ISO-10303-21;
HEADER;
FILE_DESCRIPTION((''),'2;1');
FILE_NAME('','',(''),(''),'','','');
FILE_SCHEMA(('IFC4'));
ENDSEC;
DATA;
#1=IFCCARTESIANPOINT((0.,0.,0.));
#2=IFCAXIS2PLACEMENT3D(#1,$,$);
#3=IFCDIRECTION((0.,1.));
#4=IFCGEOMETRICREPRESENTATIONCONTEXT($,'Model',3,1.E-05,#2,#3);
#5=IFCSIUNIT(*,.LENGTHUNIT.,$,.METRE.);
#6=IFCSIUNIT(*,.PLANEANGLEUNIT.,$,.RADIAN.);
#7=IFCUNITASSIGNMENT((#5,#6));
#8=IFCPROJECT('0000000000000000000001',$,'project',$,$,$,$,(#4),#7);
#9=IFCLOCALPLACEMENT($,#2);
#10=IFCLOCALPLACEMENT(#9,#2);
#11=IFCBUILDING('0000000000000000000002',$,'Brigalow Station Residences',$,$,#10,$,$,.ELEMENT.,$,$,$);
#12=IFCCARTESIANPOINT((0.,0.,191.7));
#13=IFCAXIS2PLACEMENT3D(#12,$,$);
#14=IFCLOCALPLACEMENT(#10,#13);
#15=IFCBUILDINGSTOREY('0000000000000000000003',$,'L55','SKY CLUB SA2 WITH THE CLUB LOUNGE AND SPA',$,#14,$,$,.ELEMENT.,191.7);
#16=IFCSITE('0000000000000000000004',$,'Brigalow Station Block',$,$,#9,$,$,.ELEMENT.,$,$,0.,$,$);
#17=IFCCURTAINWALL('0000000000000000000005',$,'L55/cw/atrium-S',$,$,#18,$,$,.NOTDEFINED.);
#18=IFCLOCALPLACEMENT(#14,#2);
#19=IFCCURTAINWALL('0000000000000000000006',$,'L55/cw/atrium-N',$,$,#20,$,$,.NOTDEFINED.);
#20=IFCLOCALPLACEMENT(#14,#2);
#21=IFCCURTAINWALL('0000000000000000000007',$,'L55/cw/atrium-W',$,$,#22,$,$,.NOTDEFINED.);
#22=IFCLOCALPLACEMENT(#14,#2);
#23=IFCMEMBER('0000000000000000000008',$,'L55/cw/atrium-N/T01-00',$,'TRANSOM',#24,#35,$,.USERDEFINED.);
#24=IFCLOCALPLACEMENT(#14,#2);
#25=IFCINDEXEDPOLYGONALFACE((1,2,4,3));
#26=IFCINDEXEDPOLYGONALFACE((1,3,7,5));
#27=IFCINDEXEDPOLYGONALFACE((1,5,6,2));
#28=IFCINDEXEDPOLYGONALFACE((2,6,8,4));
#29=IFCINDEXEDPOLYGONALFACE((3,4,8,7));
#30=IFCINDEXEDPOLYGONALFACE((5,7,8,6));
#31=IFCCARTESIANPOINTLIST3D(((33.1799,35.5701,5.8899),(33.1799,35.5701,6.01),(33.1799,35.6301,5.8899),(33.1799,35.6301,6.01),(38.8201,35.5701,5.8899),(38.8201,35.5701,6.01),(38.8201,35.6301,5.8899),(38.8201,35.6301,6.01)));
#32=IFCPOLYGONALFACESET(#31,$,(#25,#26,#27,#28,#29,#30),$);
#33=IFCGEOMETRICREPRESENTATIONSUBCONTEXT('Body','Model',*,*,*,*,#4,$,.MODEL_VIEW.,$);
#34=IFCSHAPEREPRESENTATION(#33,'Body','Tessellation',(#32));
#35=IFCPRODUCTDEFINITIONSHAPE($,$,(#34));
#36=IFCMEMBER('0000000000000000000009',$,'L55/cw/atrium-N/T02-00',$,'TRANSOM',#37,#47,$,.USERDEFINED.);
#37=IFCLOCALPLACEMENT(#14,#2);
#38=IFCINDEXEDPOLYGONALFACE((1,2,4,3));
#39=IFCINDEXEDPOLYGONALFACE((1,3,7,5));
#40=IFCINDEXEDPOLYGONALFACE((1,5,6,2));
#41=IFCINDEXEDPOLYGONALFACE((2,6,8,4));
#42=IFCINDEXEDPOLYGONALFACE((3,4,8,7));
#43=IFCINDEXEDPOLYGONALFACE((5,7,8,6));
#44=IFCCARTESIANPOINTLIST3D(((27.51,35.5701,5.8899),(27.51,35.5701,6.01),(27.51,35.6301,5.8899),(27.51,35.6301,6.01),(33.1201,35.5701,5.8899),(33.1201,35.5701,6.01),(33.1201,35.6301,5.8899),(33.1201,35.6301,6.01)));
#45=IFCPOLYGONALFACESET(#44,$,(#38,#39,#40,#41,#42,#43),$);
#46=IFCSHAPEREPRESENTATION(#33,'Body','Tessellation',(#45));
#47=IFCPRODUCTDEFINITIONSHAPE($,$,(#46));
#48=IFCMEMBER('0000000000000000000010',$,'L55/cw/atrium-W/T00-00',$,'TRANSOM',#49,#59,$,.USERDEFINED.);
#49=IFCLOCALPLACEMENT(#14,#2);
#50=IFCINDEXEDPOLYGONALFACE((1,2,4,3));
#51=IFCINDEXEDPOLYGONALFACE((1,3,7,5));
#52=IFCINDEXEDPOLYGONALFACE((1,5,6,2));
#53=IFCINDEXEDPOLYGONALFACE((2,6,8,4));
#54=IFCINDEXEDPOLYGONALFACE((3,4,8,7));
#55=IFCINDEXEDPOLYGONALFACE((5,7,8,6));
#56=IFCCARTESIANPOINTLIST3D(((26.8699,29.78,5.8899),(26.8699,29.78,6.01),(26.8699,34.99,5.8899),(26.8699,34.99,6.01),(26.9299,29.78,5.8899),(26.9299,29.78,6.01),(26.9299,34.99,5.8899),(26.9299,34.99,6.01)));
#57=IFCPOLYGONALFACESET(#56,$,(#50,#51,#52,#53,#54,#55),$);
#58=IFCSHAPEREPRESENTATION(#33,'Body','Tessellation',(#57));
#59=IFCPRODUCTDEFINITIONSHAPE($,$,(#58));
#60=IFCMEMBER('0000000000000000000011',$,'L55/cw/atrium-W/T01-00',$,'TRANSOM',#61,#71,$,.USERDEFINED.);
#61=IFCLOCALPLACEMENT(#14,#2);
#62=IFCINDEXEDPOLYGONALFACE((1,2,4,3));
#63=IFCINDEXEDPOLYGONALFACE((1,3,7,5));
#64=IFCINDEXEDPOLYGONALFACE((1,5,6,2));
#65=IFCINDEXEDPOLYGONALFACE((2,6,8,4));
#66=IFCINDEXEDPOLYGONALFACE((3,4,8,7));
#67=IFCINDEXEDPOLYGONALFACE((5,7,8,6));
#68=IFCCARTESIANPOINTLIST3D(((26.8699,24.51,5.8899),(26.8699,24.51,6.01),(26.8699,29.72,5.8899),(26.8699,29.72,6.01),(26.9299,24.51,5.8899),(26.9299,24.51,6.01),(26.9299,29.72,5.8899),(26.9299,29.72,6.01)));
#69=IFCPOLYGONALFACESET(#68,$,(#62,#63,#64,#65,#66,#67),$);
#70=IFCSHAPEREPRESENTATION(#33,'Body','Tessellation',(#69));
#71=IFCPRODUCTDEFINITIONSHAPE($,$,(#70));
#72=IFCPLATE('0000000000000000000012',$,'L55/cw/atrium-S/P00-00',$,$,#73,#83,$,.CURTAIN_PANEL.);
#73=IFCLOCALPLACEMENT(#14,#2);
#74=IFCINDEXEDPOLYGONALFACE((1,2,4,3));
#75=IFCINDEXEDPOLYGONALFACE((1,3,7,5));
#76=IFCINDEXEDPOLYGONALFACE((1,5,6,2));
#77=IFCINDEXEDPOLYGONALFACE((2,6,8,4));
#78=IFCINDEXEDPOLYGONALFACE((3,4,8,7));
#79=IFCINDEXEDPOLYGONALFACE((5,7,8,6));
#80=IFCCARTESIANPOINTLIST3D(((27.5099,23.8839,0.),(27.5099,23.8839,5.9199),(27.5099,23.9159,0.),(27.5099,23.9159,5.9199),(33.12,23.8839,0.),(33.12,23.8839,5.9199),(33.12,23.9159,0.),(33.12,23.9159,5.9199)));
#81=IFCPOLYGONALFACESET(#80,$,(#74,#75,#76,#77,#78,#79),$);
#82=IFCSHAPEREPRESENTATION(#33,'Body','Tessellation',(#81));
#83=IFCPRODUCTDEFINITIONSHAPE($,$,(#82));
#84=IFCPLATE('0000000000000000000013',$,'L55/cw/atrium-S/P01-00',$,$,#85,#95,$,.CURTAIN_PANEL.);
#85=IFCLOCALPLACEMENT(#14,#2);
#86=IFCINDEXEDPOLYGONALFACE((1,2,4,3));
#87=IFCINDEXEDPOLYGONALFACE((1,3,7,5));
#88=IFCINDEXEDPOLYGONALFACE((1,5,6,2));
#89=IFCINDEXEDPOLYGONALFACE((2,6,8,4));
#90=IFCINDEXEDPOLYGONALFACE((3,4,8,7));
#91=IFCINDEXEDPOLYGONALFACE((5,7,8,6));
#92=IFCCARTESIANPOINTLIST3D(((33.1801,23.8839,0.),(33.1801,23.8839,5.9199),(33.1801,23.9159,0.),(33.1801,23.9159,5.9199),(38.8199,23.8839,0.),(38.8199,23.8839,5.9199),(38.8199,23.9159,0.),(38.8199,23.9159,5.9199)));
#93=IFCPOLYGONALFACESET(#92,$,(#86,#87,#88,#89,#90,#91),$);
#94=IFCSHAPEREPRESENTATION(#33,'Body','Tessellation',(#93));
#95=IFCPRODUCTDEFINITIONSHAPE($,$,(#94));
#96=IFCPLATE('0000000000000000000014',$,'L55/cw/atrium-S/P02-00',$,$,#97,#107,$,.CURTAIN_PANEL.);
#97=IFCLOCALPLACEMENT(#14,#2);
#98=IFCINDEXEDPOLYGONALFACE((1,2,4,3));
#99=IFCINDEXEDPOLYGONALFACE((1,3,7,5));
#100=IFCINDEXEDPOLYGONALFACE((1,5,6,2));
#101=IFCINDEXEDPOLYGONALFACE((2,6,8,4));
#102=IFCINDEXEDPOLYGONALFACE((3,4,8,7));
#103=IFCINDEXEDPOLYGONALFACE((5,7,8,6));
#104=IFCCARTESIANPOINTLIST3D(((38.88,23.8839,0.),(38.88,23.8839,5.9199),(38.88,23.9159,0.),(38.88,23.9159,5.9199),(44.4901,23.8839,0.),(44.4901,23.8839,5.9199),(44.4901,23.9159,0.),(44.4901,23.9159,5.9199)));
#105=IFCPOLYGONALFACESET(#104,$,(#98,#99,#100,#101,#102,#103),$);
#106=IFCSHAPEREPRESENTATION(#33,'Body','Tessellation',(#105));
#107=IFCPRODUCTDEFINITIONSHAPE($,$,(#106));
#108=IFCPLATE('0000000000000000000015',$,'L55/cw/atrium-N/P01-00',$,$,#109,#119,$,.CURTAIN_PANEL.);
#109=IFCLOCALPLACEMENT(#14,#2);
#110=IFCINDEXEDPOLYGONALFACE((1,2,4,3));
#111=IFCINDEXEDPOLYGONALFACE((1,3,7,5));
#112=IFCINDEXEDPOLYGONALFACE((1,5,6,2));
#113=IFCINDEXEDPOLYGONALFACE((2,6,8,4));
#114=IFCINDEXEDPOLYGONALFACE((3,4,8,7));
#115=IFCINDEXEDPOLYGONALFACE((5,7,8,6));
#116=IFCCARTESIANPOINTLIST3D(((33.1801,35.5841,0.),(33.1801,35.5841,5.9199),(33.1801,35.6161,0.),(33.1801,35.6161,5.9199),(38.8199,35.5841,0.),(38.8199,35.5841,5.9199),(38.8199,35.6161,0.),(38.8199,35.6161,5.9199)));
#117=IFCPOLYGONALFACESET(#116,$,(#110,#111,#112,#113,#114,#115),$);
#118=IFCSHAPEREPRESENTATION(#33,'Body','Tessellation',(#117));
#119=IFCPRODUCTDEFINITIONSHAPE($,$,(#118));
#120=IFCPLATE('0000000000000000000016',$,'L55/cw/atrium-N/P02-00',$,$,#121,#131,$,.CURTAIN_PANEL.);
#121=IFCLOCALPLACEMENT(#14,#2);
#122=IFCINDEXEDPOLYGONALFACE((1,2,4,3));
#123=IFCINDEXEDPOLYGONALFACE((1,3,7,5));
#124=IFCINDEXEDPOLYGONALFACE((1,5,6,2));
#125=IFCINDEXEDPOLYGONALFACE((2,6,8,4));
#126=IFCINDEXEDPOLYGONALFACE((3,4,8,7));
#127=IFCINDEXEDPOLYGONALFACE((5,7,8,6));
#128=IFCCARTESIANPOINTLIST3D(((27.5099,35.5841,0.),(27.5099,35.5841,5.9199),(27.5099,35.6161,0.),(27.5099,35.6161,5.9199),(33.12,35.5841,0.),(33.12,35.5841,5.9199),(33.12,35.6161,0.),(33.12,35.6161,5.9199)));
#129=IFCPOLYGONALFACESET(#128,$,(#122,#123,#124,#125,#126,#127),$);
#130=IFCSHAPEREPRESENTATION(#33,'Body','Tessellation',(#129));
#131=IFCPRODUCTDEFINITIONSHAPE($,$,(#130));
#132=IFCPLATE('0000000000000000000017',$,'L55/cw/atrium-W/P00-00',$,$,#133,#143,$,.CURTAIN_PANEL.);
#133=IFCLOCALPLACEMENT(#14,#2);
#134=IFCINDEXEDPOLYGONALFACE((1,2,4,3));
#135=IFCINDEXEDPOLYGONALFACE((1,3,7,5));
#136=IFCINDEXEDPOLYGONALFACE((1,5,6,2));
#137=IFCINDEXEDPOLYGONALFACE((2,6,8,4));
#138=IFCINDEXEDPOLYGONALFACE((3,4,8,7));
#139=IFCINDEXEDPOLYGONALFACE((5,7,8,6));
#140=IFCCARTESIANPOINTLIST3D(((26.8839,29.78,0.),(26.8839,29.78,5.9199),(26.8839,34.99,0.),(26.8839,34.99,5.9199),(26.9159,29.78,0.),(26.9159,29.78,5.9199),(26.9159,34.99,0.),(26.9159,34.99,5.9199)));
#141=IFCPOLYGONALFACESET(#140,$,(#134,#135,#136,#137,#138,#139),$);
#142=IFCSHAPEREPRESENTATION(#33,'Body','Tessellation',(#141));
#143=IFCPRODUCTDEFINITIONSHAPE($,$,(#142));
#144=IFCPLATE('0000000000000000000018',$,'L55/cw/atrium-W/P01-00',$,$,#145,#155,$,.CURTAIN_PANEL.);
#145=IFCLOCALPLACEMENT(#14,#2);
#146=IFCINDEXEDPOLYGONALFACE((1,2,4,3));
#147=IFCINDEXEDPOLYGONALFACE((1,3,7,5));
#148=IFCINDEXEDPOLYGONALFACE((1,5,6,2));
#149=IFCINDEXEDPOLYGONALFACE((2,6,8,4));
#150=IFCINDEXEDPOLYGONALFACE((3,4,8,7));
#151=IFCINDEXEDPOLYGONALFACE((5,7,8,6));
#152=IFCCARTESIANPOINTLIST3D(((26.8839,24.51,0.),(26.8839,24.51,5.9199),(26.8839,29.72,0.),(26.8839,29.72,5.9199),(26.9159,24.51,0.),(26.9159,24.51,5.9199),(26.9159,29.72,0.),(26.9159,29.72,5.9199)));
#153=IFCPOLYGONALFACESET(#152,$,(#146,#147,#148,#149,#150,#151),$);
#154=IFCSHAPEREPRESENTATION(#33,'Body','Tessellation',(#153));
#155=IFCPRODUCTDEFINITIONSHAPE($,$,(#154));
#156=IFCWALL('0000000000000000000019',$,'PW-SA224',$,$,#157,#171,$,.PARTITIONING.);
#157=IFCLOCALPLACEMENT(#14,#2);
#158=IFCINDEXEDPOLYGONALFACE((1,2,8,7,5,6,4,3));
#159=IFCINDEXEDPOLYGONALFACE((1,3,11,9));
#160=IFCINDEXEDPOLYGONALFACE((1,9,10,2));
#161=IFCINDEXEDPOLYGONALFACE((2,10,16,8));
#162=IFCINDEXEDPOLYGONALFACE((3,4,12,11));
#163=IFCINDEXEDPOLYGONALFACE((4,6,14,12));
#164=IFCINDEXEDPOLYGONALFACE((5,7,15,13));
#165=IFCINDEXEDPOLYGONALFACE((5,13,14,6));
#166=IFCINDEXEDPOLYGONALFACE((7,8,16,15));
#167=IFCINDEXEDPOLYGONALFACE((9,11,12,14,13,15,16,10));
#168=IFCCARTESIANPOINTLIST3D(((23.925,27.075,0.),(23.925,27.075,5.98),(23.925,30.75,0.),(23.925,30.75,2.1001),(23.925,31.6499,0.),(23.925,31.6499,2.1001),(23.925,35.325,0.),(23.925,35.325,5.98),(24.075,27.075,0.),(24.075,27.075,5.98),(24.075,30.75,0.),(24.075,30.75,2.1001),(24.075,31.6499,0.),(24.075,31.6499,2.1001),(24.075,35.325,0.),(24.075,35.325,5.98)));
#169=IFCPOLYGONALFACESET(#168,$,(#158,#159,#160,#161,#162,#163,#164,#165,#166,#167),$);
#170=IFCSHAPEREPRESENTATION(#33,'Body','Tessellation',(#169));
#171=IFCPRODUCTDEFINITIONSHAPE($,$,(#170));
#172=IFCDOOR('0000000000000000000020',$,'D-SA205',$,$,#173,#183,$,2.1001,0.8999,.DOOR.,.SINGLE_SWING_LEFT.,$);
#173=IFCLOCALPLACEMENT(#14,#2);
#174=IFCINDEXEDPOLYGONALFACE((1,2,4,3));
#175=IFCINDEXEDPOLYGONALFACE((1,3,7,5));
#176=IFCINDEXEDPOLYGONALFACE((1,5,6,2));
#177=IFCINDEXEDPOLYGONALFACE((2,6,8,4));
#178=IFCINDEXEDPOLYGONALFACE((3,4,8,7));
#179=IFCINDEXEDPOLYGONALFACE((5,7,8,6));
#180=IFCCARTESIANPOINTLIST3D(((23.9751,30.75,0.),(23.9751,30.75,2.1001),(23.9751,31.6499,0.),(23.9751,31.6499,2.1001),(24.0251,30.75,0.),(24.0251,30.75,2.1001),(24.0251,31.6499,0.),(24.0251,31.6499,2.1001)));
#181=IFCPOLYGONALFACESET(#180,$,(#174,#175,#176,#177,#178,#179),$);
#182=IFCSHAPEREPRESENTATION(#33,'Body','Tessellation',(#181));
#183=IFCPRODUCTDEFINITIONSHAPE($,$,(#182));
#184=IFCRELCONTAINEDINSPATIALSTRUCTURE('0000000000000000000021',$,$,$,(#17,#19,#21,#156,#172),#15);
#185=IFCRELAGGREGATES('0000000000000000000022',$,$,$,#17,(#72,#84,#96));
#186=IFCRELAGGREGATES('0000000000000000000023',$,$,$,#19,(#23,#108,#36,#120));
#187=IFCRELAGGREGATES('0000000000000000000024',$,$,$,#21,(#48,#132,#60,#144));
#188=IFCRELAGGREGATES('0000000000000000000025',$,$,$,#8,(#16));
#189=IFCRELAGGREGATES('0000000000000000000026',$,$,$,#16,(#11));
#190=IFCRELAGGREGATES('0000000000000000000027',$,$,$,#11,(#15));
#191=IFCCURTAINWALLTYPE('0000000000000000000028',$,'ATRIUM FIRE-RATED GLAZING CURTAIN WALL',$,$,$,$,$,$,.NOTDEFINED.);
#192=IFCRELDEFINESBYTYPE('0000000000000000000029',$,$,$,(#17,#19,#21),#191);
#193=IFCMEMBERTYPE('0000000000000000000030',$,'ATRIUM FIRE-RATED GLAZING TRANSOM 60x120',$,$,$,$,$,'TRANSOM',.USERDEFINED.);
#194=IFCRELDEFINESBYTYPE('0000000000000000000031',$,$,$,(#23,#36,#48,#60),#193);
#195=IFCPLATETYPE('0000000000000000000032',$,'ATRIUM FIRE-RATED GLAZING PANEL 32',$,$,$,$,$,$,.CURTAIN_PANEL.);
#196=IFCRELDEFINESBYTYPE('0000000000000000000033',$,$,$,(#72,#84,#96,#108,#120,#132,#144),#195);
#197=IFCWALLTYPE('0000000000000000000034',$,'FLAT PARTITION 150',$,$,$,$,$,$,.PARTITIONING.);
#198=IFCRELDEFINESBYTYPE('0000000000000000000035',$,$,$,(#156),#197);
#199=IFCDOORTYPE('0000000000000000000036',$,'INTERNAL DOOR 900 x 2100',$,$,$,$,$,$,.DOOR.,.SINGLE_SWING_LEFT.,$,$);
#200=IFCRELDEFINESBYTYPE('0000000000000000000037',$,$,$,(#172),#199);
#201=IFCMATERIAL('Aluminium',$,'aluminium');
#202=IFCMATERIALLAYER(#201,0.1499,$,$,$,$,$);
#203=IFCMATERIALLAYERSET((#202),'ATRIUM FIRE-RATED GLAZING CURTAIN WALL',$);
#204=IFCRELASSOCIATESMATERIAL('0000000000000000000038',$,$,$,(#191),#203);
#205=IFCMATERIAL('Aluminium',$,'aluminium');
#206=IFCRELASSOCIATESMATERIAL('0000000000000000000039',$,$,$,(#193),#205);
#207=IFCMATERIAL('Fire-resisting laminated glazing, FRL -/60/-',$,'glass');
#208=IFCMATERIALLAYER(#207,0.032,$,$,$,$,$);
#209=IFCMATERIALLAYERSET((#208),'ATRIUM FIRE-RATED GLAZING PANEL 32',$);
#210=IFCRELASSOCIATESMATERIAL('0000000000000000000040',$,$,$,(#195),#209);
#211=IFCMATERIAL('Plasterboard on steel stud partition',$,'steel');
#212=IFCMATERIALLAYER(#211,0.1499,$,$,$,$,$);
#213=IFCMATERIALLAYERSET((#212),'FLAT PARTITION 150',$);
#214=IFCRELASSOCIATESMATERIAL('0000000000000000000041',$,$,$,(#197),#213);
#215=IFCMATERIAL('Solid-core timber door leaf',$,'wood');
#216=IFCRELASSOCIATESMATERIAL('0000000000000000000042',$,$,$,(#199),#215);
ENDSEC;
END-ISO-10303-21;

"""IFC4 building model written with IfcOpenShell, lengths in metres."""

from ifc_helpers import new_model, si_unit, direction, frame, frame_2d, origin, origin_2d, place, context, subcontext, project, spatial, rectangle, extrude, material, layer, layer_set, material_profile, profile_set, type_object, element, fill, aggregate, save


model = new_model("IFC4")

# Units and contexts
model_context = context("Model", 3, precision=1e-05, world=origin(), true_north=direction((0.0, 1.0)))
body_context = subcontext(model_context, "Body", "Model", "MODEL_VIEW")
ifc_project = project(units=[si_unit("LENGTHUNIT", "METRE"), si_unit("PLANEANGLEUNIT", "RADIAN")], contexts=[model_context])

# Site, building, storey
site_placement = place(None, origin())
site = spatial("IfcSite", under=ifc_project, at=site_placement, Name="Brigalow Station Block", CompositionType="ELEMENT", RefElevation=0.0)
building_placement = place(site_placement, origin())
building = spatial("IfcBuilding", under=site, at=building_placement, Name="Brigalow Station Residences", CompositionType="ELEMENT")
storey_placement = place(building_placement, frame((0.0, 0.0, 191.7)))
storey = spatial("IfcBuildingStorey", under=building, at=storey_placement, Name="L55", Description="SKY CLUB SA2 WITH THE CLUB LOUNGE AND SPA", CompositionType="ELEMENT", Elevation=191.7)

# Curtain walls
ifc_material_1 = material(Name="Aluminium", Category="aluminium")
ifc_layer_1 = layer(ifc_material_1, 0.1499)
ifc_layer_set_1 = layer_set([ifc_layer_1], Name="ATRIUM FIRE-RATED GLAZING CURTAIN WALL")
curtain_wall_type = type_object("IfcCurtainWallType", Name="ATRIUM FIRE-RATED GLAZING CURTAIN WALL", PredefinedType="NOTDEFINED", material=ifc_layer_set_1)
curtain_wall_1_placement = place(storey_placement, origin())
curtain_wall_1 = element("IfcCurtainWall", 1, at=curtain_wall_1_placement, inside=storey, type_object=curtain_wall_type, Name="L55/cw/atrium-S", PredefinedType="NOTDEFINED")
curtain_wall_2_placement = place(storey_placement, origin())
curtain_wall_2 = element("IfcCurtainWall", 2, at=curtain_wall_2_placement, inside=storey, type_object=curtain_wall_type, Name="L55/cw/atrium-N", PredefinedType="NOTDEFINED")
curtain_wall_3_placement = place(storey_placement, origin())
curtain_wall_3 = element("IfcCurtainWall", 3, at=curtain_wall_3_placement, inside=storey, type_object=curtain_wall_type, Name="L55/cw/atrium-W", PredefinedType="NOTDEFINED")

# Members
ifc_material_2 = material(Name="Aluminium", Category="aluminium")
ifc_material_profile_1 = material_profile(ifc_material_2, rectangle(XDim=0.0601, YDim=0.1201, at=origin_2d()), Name="ATRIUM FIRE-RATED GLAZING TRANSOM 60x120")
ifc_profile_set_1 = profile_set([ifc_material_profile_1], Name="Aluminium")
member_type_1 = type_object("IfcMemberType", Name="ATRIUM FIRE-RATED GLAZING TRANSOM 60x120", ElementType="TRANSOM", PredefinedType="USERDEFINED", material=ifc_profile_set_1)
member_1_placement = place(storey_placement, frame((38.8201, 35.6001, 5.95), z_axis=(-1.0, 0.0, 0.0), x_axis=(0.0, -1.0, 0.0)))
member_1 = element("IfcMember", 4, at=member_1_placement, type_object=member_type_1, Name="L55/cw/atrium-N/T01-00", ObjectType="TRANSOM", PredefinedType="USERDEFINED", context=body_context, shape_type="SweptSolid", body=[
    extrude(rectangle(XDim=0.0601, YDim=0.1201, at=origin_2d()), origin(), (0.0, 0.0, 1.0), 5.6401),
])
member_2_placement = place(storey_placement, frame((33.1201, 35.6001, 5.95), z_axis=(-1.0, 0.0, 0.0), x_axis=(0.0, -1.0, 0.0)))
member_2 = element("IfcMember", 5, at=member_2_placement, type_object=member_type_1, Name="L55/cw/atrium-N/T02-00", ObjectType="TRANSOM", PredefinedType="USERDEFINED", context=body_context, shape_type="SweptSolid", body=[
    extrude(rectangle(XDim=0.0601, YDim=0.1201, at=origin_2d()), origin(), (0.0, 0.0, 1.0), 5.6101),
])
member_3_placement = place(storey_placement, frame((26.8999, 34.99, 5.95), z_axis=(0.0, -1.0, 0.0), x_axis=(1.0, 0.0, 0.0)))
member_3 = element("IfcMember", 6, at=member_3_placement, type_object=member_type_1, Name="L55/cw/atrium-W/T00-00", ObjectType="TRANSOM", PredefinedType="USERDEFINED", context=body_context, shape_type="SweptSolid", body=[
    extrude(rectangle(XDim=0.0601, YDim=0.1201, at=origin_2d()), origin(), (0.0, 0.0, 1.0), 5.21),
])
member_4_placement = place(storey_placement, frame((26.8999, 29.72, 5.95), z_axis=(0.0, -1.0, 0.0), x_axis=(1.0, 0.0, 0.0)))
member_4 = element("IfcMember", 7, at=member_4_placement, type_object=member_type_1, Name="L55/cw/atrium-W/T01-00", ObjectType="TRANSOM", PredefinedType="USERDEFINED", context=body_context, shape_type="SweptSolid", body=[
    extrude(rectangle(XDim=0.0601, YDim=0.1201, at=origin_2d()), origin(), (0.0, 0.0, 1.0), 5.21),
])

# Plates
ifc_material_3 = material(Name="Fire-resisting laminated glazing, FRL -/60/-", Category="glass")
ifc_layer_2 = layer(ifc_material_3, 0.032)
ifc_layer_set_2 = layer_set([ifc_layer_2], Name="ATRIUM FIRE-RATED GLAZING PANEL 32")
plate_type = type_object("IfcPlateType", Name="ATRIUM FIRE-RATED GLAZING PANEL 32", PredefinedType="CURTAIN_PANEL", material=ifc_layer_set_2)
plate_1_placement = place(storey_placement, frame((30.3149, 23.8999, 0.0), z_axis=(0.0, 0.0, 1.0), x_axis=(1.0, 0.0, 0.0)))
plate_1 = element("IfcPlate", 8, at=plate_1_placement, type_object=plate_type, Name="L55/cw/atrium-S/P00-00", PredefinedType="CURTAIN_PANEL", context=body_context, shape_type="SweptSolid", body=[
    extrude(rectangle(XDim=5.6101, YDim=0.032, at=origin_2d()), origin(), (0.0, 0.0, 1.0), 5.9199),
])
plate_2_placement = place(storey_placement, frame((36.0, 23.8999, 0.0), z_axis=(0.0, 0.0, 1.0), x_axis=(1.0, 0.0, 0.0)))
plate_2 = element("IfcPlate", 9, at=plate_2_placement, type_object=plate_type, Name="L55/cw/atrium-S/P01-00", PredefinedType="CURTAIN_PANEL", context=body_context, shape_type="SweptSolid", body=[
    extrude(rectangle(XDim=5.6399, YDim=0.032, at=origin_2d()), origin(), (0.0, 0.0, 1.0), 5.9199),
])
plate_3_placement = place(storey_placement, frame((41.6851, 23.8999, 0.0), z_axis=(0.0, 0.0, 1.0), x_axis=(1.0, 0.0, 0.0)))
plate_3 = element("IfcPlate", 10, at=plate_3_placement, type_object=plate_type, Name="L55/cw/atrium-S/P02-00", PredefinedType="CURTAIN_PANEL", context=body_context, shape_type="SweptSolid", body=[
    extrude(rectangle(XDim=5.6101, YDim=0.032, at=origin_2d()), origin(), (0.0, 0.0, 1.0), 5.9199),
])
aggregate(curtain_wall_1, [plate_1, plate_2, plate_3])
plate_4_placement = place(storey_placement, frame((36.0, 35.6001, 0.0), z_axis=(0.0, 0.0, 1.0), x_axis=(-1.0, 0.0, 0.0)))
plate_4 = element("IfcPlate", 11, at=plate_4_placement, type_object=plate_type, Name="L55/cw/atrium-N/P01-00", PredefinedType="CURTAIN_PANEL", context=body_context, shape_type="SweptSolid", body=[
    extrude(rectangle(XDim=5.6399, YDim=0.032, at=origin_2d()), origin(), (0.0, 0.0, 1.0), 5.9199),
])
plate_5_placement = place(storey_placement, frame((30.3149, 35.6001, 0.0), z_axis=(0.0, 0.0, 1.0), x_axis=(-1.0, 0.0, 0.0)))
plate_5 = element("IfcPlate", 12, at=plate_5_placement, type_object=plate_type, Name="L55/cw/atrium-N/P02-00", PredefinedType="CURTAIN_PANEL", context=body_context, shape_type="SweptSolid", body=[
    extrude(rectangle(XDim=5.6101, YDim=0.032, at=origin_2d()), origin(), (0.0, 0.0, 1.0), 5.9199),
])
aggregate(curtain_wall_2, [member_1, plate_4, member_2, plate_5])
plate_6_placement = place(storey_placement, frame((26.8999, 32.385, 0.0), z_axis=(0.0, 0.0, 1.0), x_axis=(0.0, -1.0, 0.0)))
plate_6 = element("IfcPlate", 13, at=plate_6_placement, type_object=plate_type, Name="L55/cw/atrium-W/P00-00", PredefinedType="CURTAIN_PANEL", context=body_context, shape_type="SweptSolid", body=[
    extrude(rectangle(XDim=5.21, YDim=0.032, at=origin_2d()), origin(), (0.0, 0.0, 1.0), 5.9199),
])
plate_7_placement = place(storey_placement, frame((26.8999, 27.115, 0.0), z_axis=(0.0, 0.0, 1.0), x_axis=(0.0, -1.0, 0.0)))
plate_7 = element("IfcPlate", 14, at=plate_7_placement, type_object=plate_type, Name="L55/cw/atrium-W/P01-00", PredefinedType="CURTAIN_PANEL", context=body_context, shape_type="SweptSolid", body=[
    extrude(rectangle(XDim=5.21, YDim=0.032, at=origin_2d()), origin(), (0.0, 0.0, 1.0), 5.9199),
])
aggregate(curtain_wall_3, [member_3, plate_6, member_4, plate_7])

# Wall, opening, door
ifc_material_4 = material(Name="Plasterboard on steel stud partition", Category="steel")
ifc_layer_3 = layer(ifc_material_4, 0.1499)
ifc_layer_set_3 = layer_set([ifc_layer_3], Name="FLAT PARTITION 150")
wall_type = type_object("IfcWallType", Name="FLAT PARTITION 150", PredefinedType="PARTITIONING", material=ifc_layer_set_3)
wall_1_placement = place(storey_placement, frame((24.0, 27.075, 0.0), z_axis=(0.0, 0.0, 1.0), x_axis=(0.0, 1.0, 0.0)))
wall_1 = element("IfcWall", 15, at=wall_1_placement, inside=storey, type_object=wall_type, Name="PW-SA224", PredefinedType="PARTITIONING", context=body_context, shape_type="SweptSolid", body=[
    extrude(rectangle(XDim=8.25, YDim=0.1499, at=frame_2d((4.125, 0.0))), origin(), (0.0, 0.0, 1.0), 5.98),
])
opening_1_placement = place(wall_1_placement, frame((3.675, 0.0, 0.0)))
opening_1 = element("IfcOpeningElement", 16, at=opening_1_placement, cuts=wall_1, PredefinedType="OPENING", context=body_context, shape_type="SweptSolid", body=[
    extrude(rectangle(XDim=0.8999, YDim=2.1001, at=frame_2d((0.45, 1.05))), frame((0.0, 0.085, 0.0), z_axis=(0.0, -1.0, 0.0), x_axis=(1.0, 0.0, 0.0)), (0.0, 0.0, 1.0), 0.1699),
])
ifc_material_5 = material(Name="Solid-core timber door leaf", Category="wood")
door_type_1 = type_object("IfcDoorType", Name="INTERNAL DOOR 900 x 2100", OperationType="SINGLE_SWING_LEFT", PredefinedType="DOOR", material=ifc_material_5)
door_1_placement = place(opening_1_placement, origin())
door_1 = element("IfcDoor", 17, at=door_1_placement, inside=storey, type_object=door_type_1, Name="D-SA205", OperationType="SINGLE_SWING_LEFT", OverallHeight=2.1001, OverallWidth=0.8999, PredefinedType="DOOR", context=body_context, shape_type="SweptSolid", body=[
    extrude(rectangle(XDim=0.8999, YDim=2.1001, at=frame_2d((0.45, 1.05))), frame((0.0, 0.0249, 0.0), z_axis=(0.0, -1.0, 0.0), x_axis=(1.0, 0.0, 0.0)), (0.0, 0.0, 1.0), 0.05),
])
fill(opening_1, door_1)

save(model, "model.ifc")
